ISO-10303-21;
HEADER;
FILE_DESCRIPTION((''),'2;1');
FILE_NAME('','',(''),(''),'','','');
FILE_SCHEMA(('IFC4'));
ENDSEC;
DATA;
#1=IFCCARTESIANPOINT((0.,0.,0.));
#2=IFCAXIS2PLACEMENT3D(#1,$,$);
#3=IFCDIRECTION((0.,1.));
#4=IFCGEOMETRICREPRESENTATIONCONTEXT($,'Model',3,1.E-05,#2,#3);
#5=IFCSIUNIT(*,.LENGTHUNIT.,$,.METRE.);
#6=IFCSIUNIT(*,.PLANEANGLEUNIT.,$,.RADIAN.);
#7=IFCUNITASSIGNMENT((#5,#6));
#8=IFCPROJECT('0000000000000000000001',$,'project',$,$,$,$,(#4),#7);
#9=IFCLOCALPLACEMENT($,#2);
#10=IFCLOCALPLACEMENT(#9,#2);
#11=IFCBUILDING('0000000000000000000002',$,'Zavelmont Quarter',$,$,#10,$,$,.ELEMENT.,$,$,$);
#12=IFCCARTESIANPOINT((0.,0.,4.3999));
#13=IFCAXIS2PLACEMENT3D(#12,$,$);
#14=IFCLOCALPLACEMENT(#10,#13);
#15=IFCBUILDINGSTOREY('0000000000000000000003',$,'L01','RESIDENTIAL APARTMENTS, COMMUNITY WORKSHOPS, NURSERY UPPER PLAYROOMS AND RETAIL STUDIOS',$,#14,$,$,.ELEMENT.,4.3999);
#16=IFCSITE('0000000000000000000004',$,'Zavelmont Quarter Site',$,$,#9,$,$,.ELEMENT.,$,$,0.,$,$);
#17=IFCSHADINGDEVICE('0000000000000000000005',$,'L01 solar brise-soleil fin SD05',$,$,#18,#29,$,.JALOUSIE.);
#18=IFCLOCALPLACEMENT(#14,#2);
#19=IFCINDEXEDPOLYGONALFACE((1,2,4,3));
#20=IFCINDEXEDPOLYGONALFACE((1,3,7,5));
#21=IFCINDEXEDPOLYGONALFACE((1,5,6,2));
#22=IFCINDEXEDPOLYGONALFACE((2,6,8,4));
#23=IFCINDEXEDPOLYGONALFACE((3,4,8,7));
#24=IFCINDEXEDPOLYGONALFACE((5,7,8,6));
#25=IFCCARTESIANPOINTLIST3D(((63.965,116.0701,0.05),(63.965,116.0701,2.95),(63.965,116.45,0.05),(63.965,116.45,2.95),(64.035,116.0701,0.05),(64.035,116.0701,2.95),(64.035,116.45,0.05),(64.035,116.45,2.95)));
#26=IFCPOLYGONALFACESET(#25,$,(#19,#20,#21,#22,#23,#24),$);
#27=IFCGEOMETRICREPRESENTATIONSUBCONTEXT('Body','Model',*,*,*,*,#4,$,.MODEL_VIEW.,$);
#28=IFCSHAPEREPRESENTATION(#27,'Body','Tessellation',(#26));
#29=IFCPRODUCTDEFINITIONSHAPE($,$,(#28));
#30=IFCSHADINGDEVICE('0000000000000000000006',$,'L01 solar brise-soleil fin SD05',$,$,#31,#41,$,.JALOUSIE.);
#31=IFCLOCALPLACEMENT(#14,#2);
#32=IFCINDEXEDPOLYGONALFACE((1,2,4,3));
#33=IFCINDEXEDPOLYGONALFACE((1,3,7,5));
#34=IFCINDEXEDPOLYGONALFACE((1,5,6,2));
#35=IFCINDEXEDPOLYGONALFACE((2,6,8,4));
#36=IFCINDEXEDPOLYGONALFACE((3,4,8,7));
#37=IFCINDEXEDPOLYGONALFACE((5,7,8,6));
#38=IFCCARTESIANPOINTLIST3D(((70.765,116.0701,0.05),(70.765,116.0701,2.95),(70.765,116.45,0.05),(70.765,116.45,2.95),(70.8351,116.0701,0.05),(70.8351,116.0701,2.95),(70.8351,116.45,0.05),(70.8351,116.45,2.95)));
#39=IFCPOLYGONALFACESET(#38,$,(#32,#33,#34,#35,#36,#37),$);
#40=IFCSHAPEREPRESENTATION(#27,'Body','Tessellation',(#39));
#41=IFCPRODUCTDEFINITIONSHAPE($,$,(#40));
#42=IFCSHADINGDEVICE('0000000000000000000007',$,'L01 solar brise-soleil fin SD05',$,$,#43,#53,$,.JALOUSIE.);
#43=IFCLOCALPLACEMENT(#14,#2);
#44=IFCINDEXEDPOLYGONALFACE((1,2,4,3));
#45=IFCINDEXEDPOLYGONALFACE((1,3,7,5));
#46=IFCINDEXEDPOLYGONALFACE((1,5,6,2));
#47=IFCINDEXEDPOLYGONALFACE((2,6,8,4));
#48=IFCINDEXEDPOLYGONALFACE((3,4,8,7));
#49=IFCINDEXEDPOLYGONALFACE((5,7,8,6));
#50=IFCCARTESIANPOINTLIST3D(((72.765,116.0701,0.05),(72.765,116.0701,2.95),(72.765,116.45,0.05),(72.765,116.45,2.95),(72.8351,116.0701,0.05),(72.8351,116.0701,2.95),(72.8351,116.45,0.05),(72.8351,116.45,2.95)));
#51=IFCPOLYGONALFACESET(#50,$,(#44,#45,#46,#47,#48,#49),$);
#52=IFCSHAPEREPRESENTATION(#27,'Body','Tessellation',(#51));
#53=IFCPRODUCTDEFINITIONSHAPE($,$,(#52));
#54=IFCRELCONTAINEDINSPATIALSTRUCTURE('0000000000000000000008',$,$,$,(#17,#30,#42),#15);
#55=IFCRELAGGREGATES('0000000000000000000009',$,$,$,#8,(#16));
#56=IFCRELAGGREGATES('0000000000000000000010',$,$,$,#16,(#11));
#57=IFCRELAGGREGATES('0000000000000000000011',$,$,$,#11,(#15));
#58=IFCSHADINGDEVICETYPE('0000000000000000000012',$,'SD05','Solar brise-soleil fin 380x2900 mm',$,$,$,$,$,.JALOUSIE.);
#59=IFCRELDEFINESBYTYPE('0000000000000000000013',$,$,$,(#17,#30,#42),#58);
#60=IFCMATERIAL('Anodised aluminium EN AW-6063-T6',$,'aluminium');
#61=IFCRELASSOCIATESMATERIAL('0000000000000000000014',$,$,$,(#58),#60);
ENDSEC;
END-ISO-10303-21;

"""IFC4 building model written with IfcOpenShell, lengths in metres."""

from ifc_helpers import new_model, si_unit, direction, frame, origin, origin_2d, place, context, subcontext, project, spatial, rectangle, extrude, material, type_object, element, save


model = new_model("IFC4")

# Units and contexts
model_context = context("Model", 3, precision=1e-05, world=origin(), true_north=direction((0.0, 1.0)))
body_context = subcontext(model_context, "Body", "Model", "MODEL_VIEW")
ifc_project = project(units=[si_unit("LENGTHUNIT", "METRE"), si_unit("PLANEANGLEUNIT", "RADIAN")], contexts=[model_context])

# Site, building, storey
site_placement = place(None, origin())
site = spatial("IfcSite", under=ifc_project, at=site_placement, Name="Zavelmont Quarter Site", CompositionType="ELEMENT", RefElevation=0.0)
building_placement = place(site_placement, origin())
building = spatial("IfcBuilding", under=site, at=building_placement, Name="Zavelmont Quarter", CompositionType="ELEMENT")
storey_placement = place(building_placement, frame((0.0, 0.0, 4.3999)))
storey = spatial("IfcBuildingStorey", under=building, at=storey_placement, Name="L01", Description="RESIDENTIAL APARTMENTS, COMMUNITY WORKSHOPS, NURSERY UPPER PLAYROOMS AND RETAIL STUDIOS", CompositionType="ELEMENT", Elevation=4.3999)

# Shading devices
ifc_material_1 = material(Name="Anodised aluminium EN AW-6063-T6", Category="aluminium")
shading_device_type = type_object("IfcShadingDeviceType", Name="SD05", Description="Solar brise-soleil fin 380x2900 mm", PredefinedType="JALOUSIE", material=ifc_material_1)
for number, where, z_axis, x_axis, name in (
    (1, (64.0, 116.26, 0.05), (0.0, 0.0, 1.0), (1.0, 0.0, 0.0), "L01 solar brise-soleil fin SD05"),
    (2, (70.8, 116.26, 0.05), (0.0, 0.0, 1.0), (1.0, 0.0, 0.0), "L01 solar brise-soleil fin SD05"),
    (3, (72.8, 116.26, 0.05), (0.0, 0.0, 1.0), (1.0, 0.0, 0.0), "L01 solar brise-soleil fin SD05"),
):
    element("IfcShadingDevice", number, at=place(storey_placement, frame(where, z_axis=z_axis, x_axis=x_axis)), inside=storey, type_object=shading_device_type, Name=name, PredefinedType="JALOUSIE", context=body_context, shape_type="SweptSolid", body=[
        extrude(rectangle(XDim=0.0701, YDim=0.3799, at=origin_2d()), origin(), (0.0, 0.0, 1.0), 2.8999),
    ])

save(model, "model.ifc")
